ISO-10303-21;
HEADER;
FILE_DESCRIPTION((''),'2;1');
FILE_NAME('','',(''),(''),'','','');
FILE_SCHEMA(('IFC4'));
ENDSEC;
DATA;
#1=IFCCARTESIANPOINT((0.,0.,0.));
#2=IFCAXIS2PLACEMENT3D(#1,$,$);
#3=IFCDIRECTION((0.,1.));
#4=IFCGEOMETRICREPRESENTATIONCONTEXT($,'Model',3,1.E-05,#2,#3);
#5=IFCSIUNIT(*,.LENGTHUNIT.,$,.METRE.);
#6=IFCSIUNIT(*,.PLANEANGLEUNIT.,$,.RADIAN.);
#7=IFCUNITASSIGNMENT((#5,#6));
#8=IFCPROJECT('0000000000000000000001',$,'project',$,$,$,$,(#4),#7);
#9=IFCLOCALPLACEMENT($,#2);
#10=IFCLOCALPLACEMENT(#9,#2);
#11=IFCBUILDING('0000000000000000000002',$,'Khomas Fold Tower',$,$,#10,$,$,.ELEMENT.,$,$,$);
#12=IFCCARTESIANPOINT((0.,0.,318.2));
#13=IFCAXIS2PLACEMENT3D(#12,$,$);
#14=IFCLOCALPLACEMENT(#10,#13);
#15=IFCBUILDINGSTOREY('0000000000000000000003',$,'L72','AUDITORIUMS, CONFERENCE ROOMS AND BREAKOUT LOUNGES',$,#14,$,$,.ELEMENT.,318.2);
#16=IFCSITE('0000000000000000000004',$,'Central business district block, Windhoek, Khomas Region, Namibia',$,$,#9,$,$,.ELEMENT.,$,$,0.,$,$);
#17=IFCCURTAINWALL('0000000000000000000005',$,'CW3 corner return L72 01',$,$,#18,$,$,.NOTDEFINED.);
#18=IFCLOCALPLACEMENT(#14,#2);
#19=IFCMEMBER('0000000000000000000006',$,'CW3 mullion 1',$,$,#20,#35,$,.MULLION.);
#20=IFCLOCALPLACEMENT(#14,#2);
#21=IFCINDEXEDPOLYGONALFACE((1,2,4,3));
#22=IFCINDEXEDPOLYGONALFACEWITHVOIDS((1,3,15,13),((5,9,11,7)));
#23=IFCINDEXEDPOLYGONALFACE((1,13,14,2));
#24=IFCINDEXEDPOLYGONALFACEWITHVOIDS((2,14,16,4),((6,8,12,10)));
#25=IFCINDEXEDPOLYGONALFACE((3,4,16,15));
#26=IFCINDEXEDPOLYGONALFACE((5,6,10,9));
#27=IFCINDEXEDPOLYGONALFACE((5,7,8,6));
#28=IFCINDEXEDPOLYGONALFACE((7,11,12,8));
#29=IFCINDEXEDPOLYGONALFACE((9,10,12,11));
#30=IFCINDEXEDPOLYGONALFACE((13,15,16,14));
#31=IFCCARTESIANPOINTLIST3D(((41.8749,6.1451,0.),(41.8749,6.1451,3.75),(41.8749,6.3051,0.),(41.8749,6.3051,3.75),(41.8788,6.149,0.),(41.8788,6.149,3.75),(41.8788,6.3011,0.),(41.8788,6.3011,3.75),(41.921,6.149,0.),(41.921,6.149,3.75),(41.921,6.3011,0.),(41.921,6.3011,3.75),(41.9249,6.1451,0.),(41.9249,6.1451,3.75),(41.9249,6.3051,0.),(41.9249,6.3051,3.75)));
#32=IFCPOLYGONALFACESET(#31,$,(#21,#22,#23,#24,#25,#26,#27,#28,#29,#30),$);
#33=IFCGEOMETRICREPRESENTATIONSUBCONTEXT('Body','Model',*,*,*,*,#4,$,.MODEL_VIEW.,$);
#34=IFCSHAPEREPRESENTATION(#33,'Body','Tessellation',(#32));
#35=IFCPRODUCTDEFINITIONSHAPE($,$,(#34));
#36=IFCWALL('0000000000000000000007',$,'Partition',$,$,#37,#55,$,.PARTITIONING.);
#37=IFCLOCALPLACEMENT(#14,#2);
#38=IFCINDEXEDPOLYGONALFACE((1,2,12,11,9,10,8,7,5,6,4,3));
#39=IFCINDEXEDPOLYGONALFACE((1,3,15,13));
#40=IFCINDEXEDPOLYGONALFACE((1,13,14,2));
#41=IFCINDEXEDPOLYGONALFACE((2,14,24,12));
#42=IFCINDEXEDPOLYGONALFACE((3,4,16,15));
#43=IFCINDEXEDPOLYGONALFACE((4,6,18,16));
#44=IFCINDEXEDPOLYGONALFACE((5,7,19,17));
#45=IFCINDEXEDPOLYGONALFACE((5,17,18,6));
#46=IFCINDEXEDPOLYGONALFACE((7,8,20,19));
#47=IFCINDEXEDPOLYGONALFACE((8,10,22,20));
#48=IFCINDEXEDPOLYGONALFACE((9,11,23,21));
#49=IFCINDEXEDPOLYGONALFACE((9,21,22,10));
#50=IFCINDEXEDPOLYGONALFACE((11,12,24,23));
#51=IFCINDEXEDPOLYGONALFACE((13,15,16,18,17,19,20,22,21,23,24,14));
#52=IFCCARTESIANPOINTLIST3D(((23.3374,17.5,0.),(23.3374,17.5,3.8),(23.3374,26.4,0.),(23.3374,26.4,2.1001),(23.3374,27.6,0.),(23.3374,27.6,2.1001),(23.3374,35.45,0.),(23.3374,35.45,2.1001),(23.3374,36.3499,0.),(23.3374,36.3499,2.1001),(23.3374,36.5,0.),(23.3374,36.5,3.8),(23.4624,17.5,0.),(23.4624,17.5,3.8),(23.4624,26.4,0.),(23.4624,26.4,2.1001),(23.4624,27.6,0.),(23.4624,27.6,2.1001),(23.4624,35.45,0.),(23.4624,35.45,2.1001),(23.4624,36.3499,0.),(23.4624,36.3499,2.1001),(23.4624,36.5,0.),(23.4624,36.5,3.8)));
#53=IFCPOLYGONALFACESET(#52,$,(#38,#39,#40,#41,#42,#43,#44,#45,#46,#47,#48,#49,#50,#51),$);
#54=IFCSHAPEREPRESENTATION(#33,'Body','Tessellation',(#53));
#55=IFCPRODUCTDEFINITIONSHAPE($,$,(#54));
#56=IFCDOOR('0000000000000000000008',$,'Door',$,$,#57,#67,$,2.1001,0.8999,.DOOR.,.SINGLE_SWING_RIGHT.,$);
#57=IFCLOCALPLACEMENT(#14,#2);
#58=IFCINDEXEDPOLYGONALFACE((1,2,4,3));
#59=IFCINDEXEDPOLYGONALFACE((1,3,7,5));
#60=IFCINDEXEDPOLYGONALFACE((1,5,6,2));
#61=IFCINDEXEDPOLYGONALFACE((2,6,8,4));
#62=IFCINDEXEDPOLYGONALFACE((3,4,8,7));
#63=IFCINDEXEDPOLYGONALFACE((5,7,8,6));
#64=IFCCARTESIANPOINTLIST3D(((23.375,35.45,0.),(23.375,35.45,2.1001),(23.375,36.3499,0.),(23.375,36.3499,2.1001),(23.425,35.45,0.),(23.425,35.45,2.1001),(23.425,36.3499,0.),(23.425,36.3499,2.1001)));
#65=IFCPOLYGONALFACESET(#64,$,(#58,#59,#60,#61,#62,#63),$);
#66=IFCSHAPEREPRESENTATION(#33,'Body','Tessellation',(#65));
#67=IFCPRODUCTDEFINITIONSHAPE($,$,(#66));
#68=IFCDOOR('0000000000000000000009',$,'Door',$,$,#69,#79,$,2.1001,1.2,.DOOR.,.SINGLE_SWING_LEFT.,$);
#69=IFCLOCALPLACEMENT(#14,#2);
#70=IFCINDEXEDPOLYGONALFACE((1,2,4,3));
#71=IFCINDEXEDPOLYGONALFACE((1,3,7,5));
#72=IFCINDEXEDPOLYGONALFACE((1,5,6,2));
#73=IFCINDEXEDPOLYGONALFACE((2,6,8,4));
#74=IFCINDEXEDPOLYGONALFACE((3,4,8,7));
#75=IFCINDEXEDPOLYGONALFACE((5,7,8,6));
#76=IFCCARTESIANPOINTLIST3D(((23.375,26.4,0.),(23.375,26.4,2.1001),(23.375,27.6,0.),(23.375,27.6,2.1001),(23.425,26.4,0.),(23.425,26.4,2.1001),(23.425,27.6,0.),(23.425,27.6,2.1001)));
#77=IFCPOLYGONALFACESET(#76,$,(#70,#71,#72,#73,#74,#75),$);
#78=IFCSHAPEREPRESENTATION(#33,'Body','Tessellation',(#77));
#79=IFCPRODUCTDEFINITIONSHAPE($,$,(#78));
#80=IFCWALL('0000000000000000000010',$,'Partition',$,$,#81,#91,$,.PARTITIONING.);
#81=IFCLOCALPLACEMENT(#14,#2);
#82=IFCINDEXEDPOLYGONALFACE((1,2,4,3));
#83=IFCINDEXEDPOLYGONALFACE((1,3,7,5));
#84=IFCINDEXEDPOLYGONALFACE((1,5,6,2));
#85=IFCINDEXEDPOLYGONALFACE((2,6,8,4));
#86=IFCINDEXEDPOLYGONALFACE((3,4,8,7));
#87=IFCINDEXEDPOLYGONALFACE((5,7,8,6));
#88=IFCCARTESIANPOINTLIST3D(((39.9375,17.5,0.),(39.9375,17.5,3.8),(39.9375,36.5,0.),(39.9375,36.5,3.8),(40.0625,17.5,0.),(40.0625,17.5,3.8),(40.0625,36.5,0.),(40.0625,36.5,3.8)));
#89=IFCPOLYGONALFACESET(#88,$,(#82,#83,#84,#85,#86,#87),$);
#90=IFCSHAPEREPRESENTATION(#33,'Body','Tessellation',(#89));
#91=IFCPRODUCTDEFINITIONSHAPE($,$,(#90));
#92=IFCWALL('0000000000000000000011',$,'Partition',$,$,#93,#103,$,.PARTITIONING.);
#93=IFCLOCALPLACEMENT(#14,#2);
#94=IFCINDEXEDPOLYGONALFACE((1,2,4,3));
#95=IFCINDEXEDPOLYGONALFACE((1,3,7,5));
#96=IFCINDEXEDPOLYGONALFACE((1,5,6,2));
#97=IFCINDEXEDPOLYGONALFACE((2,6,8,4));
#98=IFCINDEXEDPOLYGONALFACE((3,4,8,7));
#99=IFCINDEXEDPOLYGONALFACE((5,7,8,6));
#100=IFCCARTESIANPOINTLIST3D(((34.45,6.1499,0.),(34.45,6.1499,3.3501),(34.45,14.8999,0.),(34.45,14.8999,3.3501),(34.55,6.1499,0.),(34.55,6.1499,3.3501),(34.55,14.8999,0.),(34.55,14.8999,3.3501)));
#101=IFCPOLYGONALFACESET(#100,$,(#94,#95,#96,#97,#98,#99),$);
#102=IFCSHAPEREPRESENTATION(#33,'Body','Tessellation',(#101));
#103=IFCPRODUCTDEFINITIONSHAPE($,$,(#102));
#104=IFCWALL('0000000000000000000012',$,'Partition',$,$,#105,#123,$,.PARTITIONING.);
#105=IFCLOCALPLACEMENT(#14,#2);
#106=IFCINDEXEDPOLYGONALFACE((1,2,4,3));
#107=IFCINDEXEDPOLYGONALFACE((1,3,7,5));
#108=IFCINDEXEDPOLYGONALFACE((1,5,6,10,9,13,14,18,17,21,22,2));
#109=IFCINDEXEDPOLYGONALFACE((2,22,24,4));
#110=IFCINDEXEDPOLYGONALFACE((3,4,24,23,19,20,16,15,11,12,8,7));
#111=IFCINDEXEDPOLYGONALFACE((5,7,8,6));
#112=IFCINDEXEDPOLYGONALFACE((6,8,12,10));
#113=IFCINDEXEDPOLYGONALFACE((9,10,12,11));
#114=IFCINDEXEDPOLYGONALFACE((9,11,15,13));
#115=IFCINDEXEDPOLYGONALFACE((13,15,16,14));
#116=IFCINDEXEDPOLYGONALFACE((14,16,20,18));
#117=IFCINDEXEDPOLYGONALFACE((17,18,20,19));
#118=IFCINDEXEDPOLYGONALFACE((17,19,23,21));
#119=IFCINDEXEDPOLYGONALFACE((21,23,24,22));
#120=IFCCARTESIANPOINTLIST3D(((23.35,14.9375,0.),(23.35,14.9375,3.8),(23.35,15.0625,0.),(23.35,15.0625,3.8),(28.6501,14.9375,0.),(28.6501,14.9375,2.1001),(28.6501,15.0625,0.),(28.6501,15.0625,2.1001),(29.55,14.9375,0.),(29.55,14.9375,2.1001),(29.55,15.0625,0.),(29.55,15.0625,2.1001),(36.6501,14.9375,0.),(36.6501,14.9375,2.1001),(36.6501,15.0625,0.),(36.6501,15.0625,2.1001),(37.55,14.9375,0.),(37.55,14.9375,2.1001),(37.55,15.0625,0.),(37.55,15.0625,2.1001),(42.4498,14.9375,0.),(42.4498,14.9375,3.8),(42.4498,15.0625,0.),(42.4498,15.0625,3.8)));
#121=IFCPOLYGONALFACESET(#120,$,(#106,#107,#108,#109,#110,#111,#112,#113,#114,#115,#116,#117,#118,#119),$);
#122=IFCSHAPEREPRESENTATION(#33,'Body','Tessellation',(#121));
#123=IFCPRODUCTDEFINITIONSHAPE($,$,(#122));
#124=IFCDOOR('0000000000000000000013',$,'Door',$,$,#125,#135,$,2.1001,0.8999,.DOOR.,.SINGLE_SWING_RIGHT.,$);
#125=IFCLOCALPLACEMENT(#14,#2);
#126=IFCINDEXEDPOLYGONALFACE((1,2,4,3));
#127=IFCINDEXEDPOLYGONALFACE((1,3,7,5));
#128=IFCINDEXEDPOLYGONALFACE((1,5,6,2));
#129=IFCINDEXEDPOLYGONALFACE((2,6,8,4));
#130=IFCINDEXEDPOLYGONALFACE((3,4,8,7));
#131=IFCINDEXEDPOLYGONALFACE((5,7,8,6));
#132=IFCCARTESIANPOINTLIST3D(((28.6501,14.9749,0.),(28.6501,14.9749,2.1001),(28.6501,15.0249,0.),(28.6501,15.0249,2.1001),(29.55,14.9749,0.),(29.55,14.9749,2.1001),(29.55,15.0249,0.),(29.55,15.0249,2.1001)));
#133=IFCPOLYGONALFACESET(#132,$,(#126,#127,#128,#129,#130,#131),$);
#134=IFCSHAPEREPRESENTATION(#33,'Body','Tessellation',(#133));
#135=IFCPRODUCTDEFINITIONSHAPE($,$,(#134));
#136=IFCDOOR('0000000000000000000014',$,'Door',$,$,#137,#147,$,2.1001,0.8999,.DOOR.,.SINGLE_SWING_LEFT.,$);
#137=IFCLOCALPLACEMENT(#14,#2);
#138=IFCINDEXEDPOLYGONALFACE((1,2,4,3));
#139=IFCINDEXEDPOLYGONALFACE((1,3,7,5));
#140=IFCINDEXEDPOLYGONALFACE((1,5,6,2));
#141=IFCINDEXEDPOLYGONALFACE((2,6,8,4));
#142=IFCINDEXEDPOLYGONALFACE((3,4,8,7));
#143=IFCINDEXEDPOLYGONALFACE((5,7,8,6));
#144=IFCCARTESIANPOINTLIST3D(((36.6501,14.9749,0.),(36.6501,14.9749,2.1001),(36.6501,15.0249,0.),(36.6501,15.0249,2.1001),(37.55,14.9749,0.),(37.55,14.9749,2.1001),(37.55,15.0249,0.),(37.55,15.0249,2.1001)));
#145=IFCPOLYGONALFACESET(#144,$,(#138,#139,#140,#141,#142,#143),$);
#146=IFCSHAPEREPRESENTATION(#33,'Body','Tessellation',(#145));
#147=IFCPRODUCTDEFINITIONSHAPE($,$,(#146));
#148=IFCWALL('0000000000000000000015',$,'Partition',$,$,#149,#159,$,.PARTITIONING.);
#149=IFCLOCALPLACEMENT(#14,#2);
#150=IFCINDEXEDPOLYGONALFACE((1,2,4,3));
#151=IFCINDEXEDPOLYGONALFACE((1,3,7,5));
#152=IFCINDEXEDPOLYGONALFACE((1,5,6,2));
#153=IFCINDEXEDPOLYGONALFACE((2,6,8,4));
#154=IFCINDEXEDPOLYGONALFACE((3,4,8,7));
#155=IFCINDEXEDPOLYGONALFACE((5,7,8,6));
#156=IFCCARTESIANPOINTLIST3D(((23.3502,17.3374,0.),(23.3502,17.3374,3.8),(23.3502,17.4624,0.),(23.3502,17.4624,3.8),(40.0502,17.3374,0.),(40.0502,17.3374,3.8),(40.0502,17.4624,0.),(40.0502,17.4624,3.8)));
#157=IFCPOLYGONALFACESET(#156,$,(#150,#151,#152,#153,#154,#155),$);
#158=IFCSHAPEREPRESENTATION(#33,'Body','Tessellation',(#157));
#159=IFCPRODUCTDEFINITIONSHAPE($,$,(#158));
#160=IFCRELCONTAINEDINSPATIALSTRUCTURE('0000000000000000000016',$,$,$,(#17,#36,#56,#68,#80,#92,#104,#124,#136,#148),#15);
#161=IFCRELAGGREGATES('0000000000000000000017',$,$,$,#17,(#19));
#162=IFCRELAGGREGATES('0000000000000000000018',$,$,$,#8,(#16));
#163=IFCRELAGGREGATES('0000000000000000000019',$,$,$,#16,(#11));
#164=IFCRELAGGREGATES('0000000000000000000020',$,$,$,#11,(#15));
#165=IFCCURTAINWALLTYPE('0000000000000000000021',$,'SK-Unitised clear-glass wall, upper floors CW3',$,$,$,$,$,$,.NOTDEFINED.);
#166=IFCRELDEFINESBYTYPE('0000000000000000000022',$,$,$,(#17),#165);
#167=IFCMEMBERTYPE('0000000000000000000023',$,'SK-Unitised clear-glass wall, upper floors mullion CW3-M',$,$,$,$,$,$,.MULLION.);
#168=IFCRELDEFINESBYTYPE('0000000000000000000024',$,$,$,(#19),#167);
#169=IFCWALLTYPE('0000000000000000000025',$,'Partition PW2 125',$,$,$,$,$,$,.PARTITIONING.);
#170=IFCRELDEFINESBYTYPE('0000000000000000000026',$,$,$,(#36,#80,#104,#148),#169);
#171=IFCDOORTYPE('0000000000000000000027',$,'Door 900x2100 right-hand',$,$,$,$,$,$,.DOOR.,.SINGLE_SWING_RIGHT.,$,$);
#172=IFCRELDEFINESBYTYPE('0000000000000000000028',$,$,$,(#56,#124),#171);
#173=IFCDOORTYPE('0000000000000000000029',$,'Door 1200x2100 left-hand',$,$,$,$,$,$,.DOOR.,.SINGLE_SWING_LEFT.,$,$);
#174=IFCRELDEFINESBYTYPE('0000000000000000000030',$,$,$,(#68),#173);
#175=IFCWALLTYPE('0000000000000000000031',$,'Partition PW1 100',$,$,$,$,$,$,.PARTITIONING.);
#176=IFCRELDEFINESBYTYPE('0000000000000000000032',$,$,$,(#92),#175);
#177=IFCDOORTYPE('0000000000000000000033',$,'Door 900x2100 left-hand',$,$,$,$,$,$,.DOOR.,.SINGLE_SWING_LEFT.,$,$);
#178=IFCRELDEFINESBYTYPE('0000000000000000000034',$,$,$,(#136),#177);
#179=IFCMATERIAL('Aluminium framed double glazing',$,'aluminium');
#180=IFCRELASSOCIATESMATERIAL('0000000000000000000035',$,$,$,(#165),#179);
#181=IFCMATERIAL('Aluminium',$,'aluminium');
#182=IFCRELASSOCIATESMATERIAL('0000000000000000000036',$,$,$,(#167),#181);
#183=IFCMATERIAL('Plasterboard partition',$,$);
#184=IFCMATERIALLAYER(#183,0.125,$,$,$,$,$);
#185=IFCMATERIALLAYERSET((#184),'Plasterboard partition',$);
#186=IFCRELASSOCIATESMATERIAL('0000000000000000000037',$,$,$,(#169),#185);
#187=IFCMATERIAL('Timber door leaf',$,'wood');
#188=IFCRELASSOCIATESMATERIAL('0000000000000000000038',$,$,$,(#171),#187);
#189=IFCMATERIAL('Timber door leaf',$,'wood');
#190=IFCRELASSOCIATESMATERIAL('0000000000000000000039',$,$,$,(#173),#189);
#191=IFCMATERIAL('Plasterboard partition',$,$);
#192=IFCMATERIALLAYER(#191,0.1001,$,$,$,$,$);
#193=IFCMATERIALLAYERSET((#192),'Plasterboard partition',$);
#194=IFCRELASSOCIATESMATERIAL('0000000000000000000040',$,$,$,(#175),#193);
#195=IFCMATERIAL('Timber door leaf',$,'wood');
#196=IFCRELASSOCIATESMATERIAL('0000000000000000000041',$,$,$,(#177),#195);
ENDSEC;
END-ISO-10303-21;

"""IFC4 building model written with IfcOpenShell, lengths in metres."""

from ifc_helpers import new_model, si_unit, direction, frame, frame_2d, origin, origin_2d, place, context, subcontext, project, spatial, rectangle, hollow_rectangle, extrude, source, transform, mapped, material, layer, layer_set, material_profile, profile_set, type_object, element, fill, aggregate, save


model = new_model("IFC4")

# Units and contexts
model_context = context("Model", 3, precision=1e-05, world=origin(), true_north=direction((0.0, 1.0)))
body_context = subcontext(model_context, "Body", "Model", "MODEL_VIEW")
ifc_project = project(units=[si_unit("LENGTHUNIT", "METRE"), si_unit("PLANEANGLEUNIT", "RADIAN")], contexts=[model_context])

# Site, building, storey
site_placement = place(None, origin())
site = spatial("IfcSite", under=ifc_project, at=site_placement, Name="Central business district block, Windhoek, Khomas Region, Namibia", CompositionType="ELEMENT", RefElevation=0.0)
building_placement = place(site_placement, origin())
building = spatial("IfcBuilding", under=site, at=building_placement, Name="Khomas Fold Tower", CompositionType="ELEMENT")
storey_placement = place(building_placement, frame((0.0, 0.0, 318.2)))
storey = spatial("IfcBuildingStorey", under=building, at=storey_placement, Name="L72", Description="AUDITORIUMS, CONFERENCE ROOMS AND BREAKOUT LOUNGES", CompositionType="ELEMENT", Elevation=318.2)

# Curtain wall, member
ifc_material_1 = material(Name="Aluminium framed double glazing", Category="aluminium")
curtain_wall_type = type_object("IfcCurtainWallType", Name="SK-Unitised clear-glass wall, upper floors CW3", PredefinedType="NOTDEFINED", material=ifc_material_1)
curtain_wall_placement = place(storey_placement, origin())
curtain_wall = element("IfcCurtainWall", 1, at=curtain_wall_placement, inside=storey, type_object=curtain_wall_type, Name="CW3 corner return L72 01", PredefinedType="NOTDEFINED")
ifc_material_2 = material(Name="Aluminium", Category="aluminium")
ifc_material_profile_1 = material_profile(ifc_material_2, hollow_rectangle(XDim=0.05, YDim=0.1599, WallThickness=0.0039, at=origin_2d()), Name="SK-Unitised clear-glass wall, upper floors mullion CW3-M")
ifc_profile_set_1 = profile_set([ifc_material_profile_1], Name="Aluminium")
member_type = type_object("IfcMemberType", Name="SK-Unitised clear-glass wall, upper floors mullion CW3-M", PredefinedType="MULLION", material=ifc_profile_set_1)
shared_shape_1 = source(origin(), body_context, "Body", "SweptSolid", [
    extrude(hollow_rectangle(XDim=0.05, YDim=0.1599, WallThickness=0.0039, at=origin_2d()), origin(), (0.0, 0.0, 1.0), 3.75),
])
member_placement = place(storey_placement, frame((41.8999, 6.2251, 0.0), z_axis=(0.0, 0.0, 1.0), x_axis=(-1.0, 0.0, 0.0)))
member = element("IfcMember", 2, at=member_placement, type_object=member_type, Name="CW3 mullion 1", PredefinedType="MULLION", context=body_context, shape_type="MappedRepresentation", body=[
    mapped(shared_shape_1, transform((0.0, 0.0, 0.0))),
])
aggregate(curtain_wall, [member])

# Wall, openings, doors
ifc_material_3 = material(Name="Plasterboard partition")
ifc_layer_1 = layer(ifc_material_3, 0.125)
ifc_layer_set_1 = layer_set([ifc_layer_1], Name="Plasterboard partition")
wall_type_1 = type_object("IfcWallType", Name="Partition PW2 125", PredefinedType="PARTITIONING", material=ifc_layer_set_1)
shared_shape_2 = source(origin(), body_context, "Body", "SweptSolid", [
    extrude(rectangle(XDim=19.0, YDim=0.125, at=frame_2d((9.5, 0.0))), origin(), (0.0, 0.0, 1.0), 3.8),
])
wall_1_placement = place(storey_placement, frame((23.3999, 17.5, 0.0), z_axis=(0.0, 0.0, 1.0), x_axis=(0.0, 1.0, 0.0)))
wall_1 = element("IfcWall", 3, at=wall_1_placement, inside=storey, type_object=wall_type_1, Name="Partition", PredefinedType="PARTITIONING", context=body_context, shape_type="MappedRepresentation", body=[
    mapped(shared_shape_2, transform((0.0, 0.0, 0.0))),
])
shared_shape_3 = source(origin(), body_context, "Body", "SweptSolid", [
    extrude(rectangle(XDim=1.2, YDim=2.1001, at=frame_2d((0.6001, 1.05))), frame((0.0, 0.0725, 0.0), z_axis=(0.0, -1.0, 0.0), x_axis=(1.0, 0.0, 0.0)), (0.0, 0.0, 1.0), 0.145),
])
opening_1_placement = place(wall_1_placement, frame((8.8999, 0.0, 0.0)))
opening_1 = element("IfcOpeningElement", 4, at=opening_1_placement, cuts=wall_1, PredefinedType="OPENING", context=body_context, shape_type="MappedRepresentation", body=[
    mapped(shared_shape_3, transform((0.0, 0.0, 0.0))),
])
shared_shape_4 = source(origin(), body_context, "Body", "SweptSolid", [
    extrude(rectangle(XDim=0.8999, YDim=2.1001, at=frame_2d((0.45, 1.05))), frame((0.0, 0.0725, 0.0), z_axis=(0.0, -1.0, 0.0), x_axis=(1.0, 0.0, 0.0)), (0.0, 0.0, 1.0), 0.145),
])
opening_2_placement = place(wall_1_placement, frame((17.95, 0.0, 0.0)))
opening_2 = element("IfcOpeningElement", 5, at=opening_2_placement, cuts=wall_1, PredefinedType="OPENING", context=body_context, shape_type="MappedRepresentation", body=[
    mapped(shared_shape_4, transform((0.0, 0.0, 0.0))),
])
ifc_material_4 = material(Name="Timber door leaf", Category="wood")
door_type_1 = type_object("IfcDoorType", Name="Door 900x2100 right-hand", OperationType="SINGLE_SWING_RIGHT", PredefinedType="DOOR", material=ifc_material_4)
shared_shape_5 = source(origin(), body_context, "Body", "SweptSolid", [
    extrude(rectangle(XDim=0.8999, YDim=2.1001, at=frame_2d((0.45, 1.05))), frame((0.0, 0.0249, 0.0), z_axis=(0.0, -1.0, 0.0), x_axis=(1.0, 0.0, 0.0)), (0.0, 0.0, 1.0), 0.05),
])
door_1_placement = place(opening_2_placement, origin())
door_1 = element("IfcDoor", 6, at=door_1_placement, inside=storey, type_object=door_type_1, Name="Door", OperationType="SINGLE_SWING_RIGHT", OverallHeight=2.1001, OverallWidth=0.8999, PredefinedType="DOOR", context=body_context, shape_type="MappedRepresentation", body=[
    mapped(shared_shape_5, transform((0.0, 0.0, 0.0))),
])
fill(opening_2, door_1)
ifc_material_5 = material(Name="Timber door leaf", Category="wood")
door_type_2 = type_object("IfcDoorType", Name="Door 1200x2100 left-hand", OperationType="SINGLE_SWING_LEFT", PredefinedType="DOOR", material=ifc_material_5)
shared_shape_6 = source(origin(), body_context, "Body", "SweptSolid", [
    extrude(rectangle(XDim=1.2, YDim=2.1001, at=frame_2d((0.6001, 1.05))), frame((0.0, 0.0249, 0.0), z_axis=(0.0, -1.0, 0.0), x_axis=(1.0, 0.0, 0.0)), (0.0, 0.0, 1.0), 0.05),
])
door_2_placement = place(opening_1_placement, origin())
door_2 = element("IfcDoor", 7, at=door_2_placement, inside=storey, type_object=door_type_2, Name="Door", OperationType="SINGLE_SWING_LEFT", OverallHeight=2.1001, OverallWidth=1.2, PredefinedType="DOOR", context=body_context, shape_type="MappedRepresentation", body=[
    mapped(shared_shape_6, transform((0.0, 0.0, 0.0))),
])
fill(opening_1, door_2)

# Walls
wall_2_placement = place(storey_placement, frame((40.0, 17.5, 0.0), z_axis=(0.0, 0.0, 1.0), x_axis=(0.0, 1.0, 0.0)))
element("IfcWall", 8, at=wall_2_placement, inside=storey, type_object=wall_type_1, Name="Partition", PredefinedType="PARTITIONING", context=body_context, shape_type="MappedRepresentation", body=[
    mapped(shared_shape_2, transform((0.0, 0.0, 0.0))),
])
ifc_material_6 = material(Name="Plasterboard partition")
ifc_layer_2 = layer(ifc_material_6, 0.1001)
ifc_layer_set_2 = layer_set([ifc_layer_2], Name="Plasterboard partition")
wall_type_2 = type_object("IfcWallType", Name="Partition PW1 100", PredefinedType="PARTITIONING", material=ifc_layer_set_2)
shared_shape_7 = source(origin(), body_context, "Body", "SweptSolid", [
    extrude(rectangle(XDim=8.75, YDim=0.1001, at=frame_2d((4.375, 0.0))), origin(), (0.0, 0.0, 1.0), 3.3501),
])
wall_3_placement = place(storey_placement, frame((34.5, 6.1499, 0.0), z_axis=(0.0, 0.0, 1.0), x_axis=(0.0, 1.0, 0.0)))
element("IfcWall", 9, at=wall_3_placement, inside=storey, type_object=wall_type_2, Name="Partition", PredefinedType="PARTITIONING", context=body_context, shape_type="MappedRepresentation", body=[
    mapped(shared_shape_7, transform((0.0, 0.0, 0.0))),
])

# Wall, openings, doors
shared_shape_8 = source(origin(), body_context, "Body", "SweptSolid", [
    extrude(rectangle(XDim=19.0999, YDim=0.125, at=frame_2d((9.5498, 0.0))), origin(), (0.0, 0.0, 1.0), 3.8),
])
wall_4_placement = place(storey_placement, frame((23.3501, 15.0, 0.0), z_axis=(0.0, 0.0, 1.0), x_axis=(1.0, 0.0, 0.0)))
wall_4 = element("IfcWall", 10, at=wall_4_placement, inside=storey, type_object=wall_type_1, Name="Partition", PredefinedType="PARTITIONING", context=body_context, shape_type="MappedRepresentation", body=[
    mapped(shared_shape_8, transform((0.0, 0.0, 0.0))),
])
opening_3_placement = place(wall_4_placement, frame((5.3, 0.0, 0.0)))
opening_3 = element("IfcOpeningElement", 11, at=opening_3_placement, cuts=wall_4, PredefinedType="OPENING", context=body_context, shape_type="MappedRepresentation", body=[
    mapped(shared_shape_4, transform((0.0, 0.0, 0.0))),
])
opening_4_placement = place(wall_4_placement, frame((13.3, 0.0, 0.0)))
opening_4 = element("IfcOpeningElement", 12, at=opening_4_placement, cuts=wall_4, PredefinedType="OPENING", context=body_context, shape_type="MappedRepresentation", body=[
    mapped(shared_shape_4, transform((0.0, 0.0, 0.0))),
])
door_3_placement = place(opening_3_placement, origin())
door_3 = element("IfcDoor", 13, at=door_3_placement, inside=storey, type_object=door_type_1, Name="Door", OperationType="SINGLE_SWING_RIGHT", OverallHeight=2.1001, OverallWidth=0.8999, PredefinedType="DOOR", context=body_context, shape_type="MappedRepresentation", body=[
    mapped(shared_shape_5, transform((0.0, 0.0, 0.0))),
])
fill(opening_3, door_3)
ifc_material_7 = material(Name="Timber door leaf", Category="wood")
door_type_3 = type_object("IfcDoorType", Name="Door 900x2100 left-hand", OperationType="SINGLE_SWING_LEFT", PredefinedType="DOOR", material=ifc_material_7)
door_4_placement = place(opening_4_placement, origin())
door_4 = element("IfcDoor", 14, at=door_4_placement, inside=storey, type_object=door_type_3, Name="Door", OperationType="SINGLE_SWING_LEFT", OverallHeight=2.1001, OverallWidth=0.8999, PredefinedType="DOOR", context=body_context, shape_type="MappedRepresentation", body=[
    mapped(shared_shape_5, transform((0.0, 0.0, 0.0))),
])
fill(opening_4, door_4)

# Wall
shared_shape_9 = source(origin(), body_context, "Body", "SweptSolid", [
    extrude(rectangle(XDim=16.7, YDim=0.125, at=frame_2d((8.3501, 0.0))), origin(), (0.0, 0.0, 1.0), 3.8),
])
wall_5_placement = place(storey_placement, frame((23.3501, 17.3999, 0.0), z_axis=(0.0, 0.0, 1.0), x_axis=(1.0, 0.0, 0.0)))
element("IfcWall", 15, at=wall_5_placement, inside=storey, type_object=wall_type_1, Name="Partition", PredefinedType="PARTITIONING", context=body_context, shape_type="MappedRepresentation", body=[
    mapped(shared_shape_9, transform((0.0, 0.0, 0.0))),
])

save(model, "model.ifc")
